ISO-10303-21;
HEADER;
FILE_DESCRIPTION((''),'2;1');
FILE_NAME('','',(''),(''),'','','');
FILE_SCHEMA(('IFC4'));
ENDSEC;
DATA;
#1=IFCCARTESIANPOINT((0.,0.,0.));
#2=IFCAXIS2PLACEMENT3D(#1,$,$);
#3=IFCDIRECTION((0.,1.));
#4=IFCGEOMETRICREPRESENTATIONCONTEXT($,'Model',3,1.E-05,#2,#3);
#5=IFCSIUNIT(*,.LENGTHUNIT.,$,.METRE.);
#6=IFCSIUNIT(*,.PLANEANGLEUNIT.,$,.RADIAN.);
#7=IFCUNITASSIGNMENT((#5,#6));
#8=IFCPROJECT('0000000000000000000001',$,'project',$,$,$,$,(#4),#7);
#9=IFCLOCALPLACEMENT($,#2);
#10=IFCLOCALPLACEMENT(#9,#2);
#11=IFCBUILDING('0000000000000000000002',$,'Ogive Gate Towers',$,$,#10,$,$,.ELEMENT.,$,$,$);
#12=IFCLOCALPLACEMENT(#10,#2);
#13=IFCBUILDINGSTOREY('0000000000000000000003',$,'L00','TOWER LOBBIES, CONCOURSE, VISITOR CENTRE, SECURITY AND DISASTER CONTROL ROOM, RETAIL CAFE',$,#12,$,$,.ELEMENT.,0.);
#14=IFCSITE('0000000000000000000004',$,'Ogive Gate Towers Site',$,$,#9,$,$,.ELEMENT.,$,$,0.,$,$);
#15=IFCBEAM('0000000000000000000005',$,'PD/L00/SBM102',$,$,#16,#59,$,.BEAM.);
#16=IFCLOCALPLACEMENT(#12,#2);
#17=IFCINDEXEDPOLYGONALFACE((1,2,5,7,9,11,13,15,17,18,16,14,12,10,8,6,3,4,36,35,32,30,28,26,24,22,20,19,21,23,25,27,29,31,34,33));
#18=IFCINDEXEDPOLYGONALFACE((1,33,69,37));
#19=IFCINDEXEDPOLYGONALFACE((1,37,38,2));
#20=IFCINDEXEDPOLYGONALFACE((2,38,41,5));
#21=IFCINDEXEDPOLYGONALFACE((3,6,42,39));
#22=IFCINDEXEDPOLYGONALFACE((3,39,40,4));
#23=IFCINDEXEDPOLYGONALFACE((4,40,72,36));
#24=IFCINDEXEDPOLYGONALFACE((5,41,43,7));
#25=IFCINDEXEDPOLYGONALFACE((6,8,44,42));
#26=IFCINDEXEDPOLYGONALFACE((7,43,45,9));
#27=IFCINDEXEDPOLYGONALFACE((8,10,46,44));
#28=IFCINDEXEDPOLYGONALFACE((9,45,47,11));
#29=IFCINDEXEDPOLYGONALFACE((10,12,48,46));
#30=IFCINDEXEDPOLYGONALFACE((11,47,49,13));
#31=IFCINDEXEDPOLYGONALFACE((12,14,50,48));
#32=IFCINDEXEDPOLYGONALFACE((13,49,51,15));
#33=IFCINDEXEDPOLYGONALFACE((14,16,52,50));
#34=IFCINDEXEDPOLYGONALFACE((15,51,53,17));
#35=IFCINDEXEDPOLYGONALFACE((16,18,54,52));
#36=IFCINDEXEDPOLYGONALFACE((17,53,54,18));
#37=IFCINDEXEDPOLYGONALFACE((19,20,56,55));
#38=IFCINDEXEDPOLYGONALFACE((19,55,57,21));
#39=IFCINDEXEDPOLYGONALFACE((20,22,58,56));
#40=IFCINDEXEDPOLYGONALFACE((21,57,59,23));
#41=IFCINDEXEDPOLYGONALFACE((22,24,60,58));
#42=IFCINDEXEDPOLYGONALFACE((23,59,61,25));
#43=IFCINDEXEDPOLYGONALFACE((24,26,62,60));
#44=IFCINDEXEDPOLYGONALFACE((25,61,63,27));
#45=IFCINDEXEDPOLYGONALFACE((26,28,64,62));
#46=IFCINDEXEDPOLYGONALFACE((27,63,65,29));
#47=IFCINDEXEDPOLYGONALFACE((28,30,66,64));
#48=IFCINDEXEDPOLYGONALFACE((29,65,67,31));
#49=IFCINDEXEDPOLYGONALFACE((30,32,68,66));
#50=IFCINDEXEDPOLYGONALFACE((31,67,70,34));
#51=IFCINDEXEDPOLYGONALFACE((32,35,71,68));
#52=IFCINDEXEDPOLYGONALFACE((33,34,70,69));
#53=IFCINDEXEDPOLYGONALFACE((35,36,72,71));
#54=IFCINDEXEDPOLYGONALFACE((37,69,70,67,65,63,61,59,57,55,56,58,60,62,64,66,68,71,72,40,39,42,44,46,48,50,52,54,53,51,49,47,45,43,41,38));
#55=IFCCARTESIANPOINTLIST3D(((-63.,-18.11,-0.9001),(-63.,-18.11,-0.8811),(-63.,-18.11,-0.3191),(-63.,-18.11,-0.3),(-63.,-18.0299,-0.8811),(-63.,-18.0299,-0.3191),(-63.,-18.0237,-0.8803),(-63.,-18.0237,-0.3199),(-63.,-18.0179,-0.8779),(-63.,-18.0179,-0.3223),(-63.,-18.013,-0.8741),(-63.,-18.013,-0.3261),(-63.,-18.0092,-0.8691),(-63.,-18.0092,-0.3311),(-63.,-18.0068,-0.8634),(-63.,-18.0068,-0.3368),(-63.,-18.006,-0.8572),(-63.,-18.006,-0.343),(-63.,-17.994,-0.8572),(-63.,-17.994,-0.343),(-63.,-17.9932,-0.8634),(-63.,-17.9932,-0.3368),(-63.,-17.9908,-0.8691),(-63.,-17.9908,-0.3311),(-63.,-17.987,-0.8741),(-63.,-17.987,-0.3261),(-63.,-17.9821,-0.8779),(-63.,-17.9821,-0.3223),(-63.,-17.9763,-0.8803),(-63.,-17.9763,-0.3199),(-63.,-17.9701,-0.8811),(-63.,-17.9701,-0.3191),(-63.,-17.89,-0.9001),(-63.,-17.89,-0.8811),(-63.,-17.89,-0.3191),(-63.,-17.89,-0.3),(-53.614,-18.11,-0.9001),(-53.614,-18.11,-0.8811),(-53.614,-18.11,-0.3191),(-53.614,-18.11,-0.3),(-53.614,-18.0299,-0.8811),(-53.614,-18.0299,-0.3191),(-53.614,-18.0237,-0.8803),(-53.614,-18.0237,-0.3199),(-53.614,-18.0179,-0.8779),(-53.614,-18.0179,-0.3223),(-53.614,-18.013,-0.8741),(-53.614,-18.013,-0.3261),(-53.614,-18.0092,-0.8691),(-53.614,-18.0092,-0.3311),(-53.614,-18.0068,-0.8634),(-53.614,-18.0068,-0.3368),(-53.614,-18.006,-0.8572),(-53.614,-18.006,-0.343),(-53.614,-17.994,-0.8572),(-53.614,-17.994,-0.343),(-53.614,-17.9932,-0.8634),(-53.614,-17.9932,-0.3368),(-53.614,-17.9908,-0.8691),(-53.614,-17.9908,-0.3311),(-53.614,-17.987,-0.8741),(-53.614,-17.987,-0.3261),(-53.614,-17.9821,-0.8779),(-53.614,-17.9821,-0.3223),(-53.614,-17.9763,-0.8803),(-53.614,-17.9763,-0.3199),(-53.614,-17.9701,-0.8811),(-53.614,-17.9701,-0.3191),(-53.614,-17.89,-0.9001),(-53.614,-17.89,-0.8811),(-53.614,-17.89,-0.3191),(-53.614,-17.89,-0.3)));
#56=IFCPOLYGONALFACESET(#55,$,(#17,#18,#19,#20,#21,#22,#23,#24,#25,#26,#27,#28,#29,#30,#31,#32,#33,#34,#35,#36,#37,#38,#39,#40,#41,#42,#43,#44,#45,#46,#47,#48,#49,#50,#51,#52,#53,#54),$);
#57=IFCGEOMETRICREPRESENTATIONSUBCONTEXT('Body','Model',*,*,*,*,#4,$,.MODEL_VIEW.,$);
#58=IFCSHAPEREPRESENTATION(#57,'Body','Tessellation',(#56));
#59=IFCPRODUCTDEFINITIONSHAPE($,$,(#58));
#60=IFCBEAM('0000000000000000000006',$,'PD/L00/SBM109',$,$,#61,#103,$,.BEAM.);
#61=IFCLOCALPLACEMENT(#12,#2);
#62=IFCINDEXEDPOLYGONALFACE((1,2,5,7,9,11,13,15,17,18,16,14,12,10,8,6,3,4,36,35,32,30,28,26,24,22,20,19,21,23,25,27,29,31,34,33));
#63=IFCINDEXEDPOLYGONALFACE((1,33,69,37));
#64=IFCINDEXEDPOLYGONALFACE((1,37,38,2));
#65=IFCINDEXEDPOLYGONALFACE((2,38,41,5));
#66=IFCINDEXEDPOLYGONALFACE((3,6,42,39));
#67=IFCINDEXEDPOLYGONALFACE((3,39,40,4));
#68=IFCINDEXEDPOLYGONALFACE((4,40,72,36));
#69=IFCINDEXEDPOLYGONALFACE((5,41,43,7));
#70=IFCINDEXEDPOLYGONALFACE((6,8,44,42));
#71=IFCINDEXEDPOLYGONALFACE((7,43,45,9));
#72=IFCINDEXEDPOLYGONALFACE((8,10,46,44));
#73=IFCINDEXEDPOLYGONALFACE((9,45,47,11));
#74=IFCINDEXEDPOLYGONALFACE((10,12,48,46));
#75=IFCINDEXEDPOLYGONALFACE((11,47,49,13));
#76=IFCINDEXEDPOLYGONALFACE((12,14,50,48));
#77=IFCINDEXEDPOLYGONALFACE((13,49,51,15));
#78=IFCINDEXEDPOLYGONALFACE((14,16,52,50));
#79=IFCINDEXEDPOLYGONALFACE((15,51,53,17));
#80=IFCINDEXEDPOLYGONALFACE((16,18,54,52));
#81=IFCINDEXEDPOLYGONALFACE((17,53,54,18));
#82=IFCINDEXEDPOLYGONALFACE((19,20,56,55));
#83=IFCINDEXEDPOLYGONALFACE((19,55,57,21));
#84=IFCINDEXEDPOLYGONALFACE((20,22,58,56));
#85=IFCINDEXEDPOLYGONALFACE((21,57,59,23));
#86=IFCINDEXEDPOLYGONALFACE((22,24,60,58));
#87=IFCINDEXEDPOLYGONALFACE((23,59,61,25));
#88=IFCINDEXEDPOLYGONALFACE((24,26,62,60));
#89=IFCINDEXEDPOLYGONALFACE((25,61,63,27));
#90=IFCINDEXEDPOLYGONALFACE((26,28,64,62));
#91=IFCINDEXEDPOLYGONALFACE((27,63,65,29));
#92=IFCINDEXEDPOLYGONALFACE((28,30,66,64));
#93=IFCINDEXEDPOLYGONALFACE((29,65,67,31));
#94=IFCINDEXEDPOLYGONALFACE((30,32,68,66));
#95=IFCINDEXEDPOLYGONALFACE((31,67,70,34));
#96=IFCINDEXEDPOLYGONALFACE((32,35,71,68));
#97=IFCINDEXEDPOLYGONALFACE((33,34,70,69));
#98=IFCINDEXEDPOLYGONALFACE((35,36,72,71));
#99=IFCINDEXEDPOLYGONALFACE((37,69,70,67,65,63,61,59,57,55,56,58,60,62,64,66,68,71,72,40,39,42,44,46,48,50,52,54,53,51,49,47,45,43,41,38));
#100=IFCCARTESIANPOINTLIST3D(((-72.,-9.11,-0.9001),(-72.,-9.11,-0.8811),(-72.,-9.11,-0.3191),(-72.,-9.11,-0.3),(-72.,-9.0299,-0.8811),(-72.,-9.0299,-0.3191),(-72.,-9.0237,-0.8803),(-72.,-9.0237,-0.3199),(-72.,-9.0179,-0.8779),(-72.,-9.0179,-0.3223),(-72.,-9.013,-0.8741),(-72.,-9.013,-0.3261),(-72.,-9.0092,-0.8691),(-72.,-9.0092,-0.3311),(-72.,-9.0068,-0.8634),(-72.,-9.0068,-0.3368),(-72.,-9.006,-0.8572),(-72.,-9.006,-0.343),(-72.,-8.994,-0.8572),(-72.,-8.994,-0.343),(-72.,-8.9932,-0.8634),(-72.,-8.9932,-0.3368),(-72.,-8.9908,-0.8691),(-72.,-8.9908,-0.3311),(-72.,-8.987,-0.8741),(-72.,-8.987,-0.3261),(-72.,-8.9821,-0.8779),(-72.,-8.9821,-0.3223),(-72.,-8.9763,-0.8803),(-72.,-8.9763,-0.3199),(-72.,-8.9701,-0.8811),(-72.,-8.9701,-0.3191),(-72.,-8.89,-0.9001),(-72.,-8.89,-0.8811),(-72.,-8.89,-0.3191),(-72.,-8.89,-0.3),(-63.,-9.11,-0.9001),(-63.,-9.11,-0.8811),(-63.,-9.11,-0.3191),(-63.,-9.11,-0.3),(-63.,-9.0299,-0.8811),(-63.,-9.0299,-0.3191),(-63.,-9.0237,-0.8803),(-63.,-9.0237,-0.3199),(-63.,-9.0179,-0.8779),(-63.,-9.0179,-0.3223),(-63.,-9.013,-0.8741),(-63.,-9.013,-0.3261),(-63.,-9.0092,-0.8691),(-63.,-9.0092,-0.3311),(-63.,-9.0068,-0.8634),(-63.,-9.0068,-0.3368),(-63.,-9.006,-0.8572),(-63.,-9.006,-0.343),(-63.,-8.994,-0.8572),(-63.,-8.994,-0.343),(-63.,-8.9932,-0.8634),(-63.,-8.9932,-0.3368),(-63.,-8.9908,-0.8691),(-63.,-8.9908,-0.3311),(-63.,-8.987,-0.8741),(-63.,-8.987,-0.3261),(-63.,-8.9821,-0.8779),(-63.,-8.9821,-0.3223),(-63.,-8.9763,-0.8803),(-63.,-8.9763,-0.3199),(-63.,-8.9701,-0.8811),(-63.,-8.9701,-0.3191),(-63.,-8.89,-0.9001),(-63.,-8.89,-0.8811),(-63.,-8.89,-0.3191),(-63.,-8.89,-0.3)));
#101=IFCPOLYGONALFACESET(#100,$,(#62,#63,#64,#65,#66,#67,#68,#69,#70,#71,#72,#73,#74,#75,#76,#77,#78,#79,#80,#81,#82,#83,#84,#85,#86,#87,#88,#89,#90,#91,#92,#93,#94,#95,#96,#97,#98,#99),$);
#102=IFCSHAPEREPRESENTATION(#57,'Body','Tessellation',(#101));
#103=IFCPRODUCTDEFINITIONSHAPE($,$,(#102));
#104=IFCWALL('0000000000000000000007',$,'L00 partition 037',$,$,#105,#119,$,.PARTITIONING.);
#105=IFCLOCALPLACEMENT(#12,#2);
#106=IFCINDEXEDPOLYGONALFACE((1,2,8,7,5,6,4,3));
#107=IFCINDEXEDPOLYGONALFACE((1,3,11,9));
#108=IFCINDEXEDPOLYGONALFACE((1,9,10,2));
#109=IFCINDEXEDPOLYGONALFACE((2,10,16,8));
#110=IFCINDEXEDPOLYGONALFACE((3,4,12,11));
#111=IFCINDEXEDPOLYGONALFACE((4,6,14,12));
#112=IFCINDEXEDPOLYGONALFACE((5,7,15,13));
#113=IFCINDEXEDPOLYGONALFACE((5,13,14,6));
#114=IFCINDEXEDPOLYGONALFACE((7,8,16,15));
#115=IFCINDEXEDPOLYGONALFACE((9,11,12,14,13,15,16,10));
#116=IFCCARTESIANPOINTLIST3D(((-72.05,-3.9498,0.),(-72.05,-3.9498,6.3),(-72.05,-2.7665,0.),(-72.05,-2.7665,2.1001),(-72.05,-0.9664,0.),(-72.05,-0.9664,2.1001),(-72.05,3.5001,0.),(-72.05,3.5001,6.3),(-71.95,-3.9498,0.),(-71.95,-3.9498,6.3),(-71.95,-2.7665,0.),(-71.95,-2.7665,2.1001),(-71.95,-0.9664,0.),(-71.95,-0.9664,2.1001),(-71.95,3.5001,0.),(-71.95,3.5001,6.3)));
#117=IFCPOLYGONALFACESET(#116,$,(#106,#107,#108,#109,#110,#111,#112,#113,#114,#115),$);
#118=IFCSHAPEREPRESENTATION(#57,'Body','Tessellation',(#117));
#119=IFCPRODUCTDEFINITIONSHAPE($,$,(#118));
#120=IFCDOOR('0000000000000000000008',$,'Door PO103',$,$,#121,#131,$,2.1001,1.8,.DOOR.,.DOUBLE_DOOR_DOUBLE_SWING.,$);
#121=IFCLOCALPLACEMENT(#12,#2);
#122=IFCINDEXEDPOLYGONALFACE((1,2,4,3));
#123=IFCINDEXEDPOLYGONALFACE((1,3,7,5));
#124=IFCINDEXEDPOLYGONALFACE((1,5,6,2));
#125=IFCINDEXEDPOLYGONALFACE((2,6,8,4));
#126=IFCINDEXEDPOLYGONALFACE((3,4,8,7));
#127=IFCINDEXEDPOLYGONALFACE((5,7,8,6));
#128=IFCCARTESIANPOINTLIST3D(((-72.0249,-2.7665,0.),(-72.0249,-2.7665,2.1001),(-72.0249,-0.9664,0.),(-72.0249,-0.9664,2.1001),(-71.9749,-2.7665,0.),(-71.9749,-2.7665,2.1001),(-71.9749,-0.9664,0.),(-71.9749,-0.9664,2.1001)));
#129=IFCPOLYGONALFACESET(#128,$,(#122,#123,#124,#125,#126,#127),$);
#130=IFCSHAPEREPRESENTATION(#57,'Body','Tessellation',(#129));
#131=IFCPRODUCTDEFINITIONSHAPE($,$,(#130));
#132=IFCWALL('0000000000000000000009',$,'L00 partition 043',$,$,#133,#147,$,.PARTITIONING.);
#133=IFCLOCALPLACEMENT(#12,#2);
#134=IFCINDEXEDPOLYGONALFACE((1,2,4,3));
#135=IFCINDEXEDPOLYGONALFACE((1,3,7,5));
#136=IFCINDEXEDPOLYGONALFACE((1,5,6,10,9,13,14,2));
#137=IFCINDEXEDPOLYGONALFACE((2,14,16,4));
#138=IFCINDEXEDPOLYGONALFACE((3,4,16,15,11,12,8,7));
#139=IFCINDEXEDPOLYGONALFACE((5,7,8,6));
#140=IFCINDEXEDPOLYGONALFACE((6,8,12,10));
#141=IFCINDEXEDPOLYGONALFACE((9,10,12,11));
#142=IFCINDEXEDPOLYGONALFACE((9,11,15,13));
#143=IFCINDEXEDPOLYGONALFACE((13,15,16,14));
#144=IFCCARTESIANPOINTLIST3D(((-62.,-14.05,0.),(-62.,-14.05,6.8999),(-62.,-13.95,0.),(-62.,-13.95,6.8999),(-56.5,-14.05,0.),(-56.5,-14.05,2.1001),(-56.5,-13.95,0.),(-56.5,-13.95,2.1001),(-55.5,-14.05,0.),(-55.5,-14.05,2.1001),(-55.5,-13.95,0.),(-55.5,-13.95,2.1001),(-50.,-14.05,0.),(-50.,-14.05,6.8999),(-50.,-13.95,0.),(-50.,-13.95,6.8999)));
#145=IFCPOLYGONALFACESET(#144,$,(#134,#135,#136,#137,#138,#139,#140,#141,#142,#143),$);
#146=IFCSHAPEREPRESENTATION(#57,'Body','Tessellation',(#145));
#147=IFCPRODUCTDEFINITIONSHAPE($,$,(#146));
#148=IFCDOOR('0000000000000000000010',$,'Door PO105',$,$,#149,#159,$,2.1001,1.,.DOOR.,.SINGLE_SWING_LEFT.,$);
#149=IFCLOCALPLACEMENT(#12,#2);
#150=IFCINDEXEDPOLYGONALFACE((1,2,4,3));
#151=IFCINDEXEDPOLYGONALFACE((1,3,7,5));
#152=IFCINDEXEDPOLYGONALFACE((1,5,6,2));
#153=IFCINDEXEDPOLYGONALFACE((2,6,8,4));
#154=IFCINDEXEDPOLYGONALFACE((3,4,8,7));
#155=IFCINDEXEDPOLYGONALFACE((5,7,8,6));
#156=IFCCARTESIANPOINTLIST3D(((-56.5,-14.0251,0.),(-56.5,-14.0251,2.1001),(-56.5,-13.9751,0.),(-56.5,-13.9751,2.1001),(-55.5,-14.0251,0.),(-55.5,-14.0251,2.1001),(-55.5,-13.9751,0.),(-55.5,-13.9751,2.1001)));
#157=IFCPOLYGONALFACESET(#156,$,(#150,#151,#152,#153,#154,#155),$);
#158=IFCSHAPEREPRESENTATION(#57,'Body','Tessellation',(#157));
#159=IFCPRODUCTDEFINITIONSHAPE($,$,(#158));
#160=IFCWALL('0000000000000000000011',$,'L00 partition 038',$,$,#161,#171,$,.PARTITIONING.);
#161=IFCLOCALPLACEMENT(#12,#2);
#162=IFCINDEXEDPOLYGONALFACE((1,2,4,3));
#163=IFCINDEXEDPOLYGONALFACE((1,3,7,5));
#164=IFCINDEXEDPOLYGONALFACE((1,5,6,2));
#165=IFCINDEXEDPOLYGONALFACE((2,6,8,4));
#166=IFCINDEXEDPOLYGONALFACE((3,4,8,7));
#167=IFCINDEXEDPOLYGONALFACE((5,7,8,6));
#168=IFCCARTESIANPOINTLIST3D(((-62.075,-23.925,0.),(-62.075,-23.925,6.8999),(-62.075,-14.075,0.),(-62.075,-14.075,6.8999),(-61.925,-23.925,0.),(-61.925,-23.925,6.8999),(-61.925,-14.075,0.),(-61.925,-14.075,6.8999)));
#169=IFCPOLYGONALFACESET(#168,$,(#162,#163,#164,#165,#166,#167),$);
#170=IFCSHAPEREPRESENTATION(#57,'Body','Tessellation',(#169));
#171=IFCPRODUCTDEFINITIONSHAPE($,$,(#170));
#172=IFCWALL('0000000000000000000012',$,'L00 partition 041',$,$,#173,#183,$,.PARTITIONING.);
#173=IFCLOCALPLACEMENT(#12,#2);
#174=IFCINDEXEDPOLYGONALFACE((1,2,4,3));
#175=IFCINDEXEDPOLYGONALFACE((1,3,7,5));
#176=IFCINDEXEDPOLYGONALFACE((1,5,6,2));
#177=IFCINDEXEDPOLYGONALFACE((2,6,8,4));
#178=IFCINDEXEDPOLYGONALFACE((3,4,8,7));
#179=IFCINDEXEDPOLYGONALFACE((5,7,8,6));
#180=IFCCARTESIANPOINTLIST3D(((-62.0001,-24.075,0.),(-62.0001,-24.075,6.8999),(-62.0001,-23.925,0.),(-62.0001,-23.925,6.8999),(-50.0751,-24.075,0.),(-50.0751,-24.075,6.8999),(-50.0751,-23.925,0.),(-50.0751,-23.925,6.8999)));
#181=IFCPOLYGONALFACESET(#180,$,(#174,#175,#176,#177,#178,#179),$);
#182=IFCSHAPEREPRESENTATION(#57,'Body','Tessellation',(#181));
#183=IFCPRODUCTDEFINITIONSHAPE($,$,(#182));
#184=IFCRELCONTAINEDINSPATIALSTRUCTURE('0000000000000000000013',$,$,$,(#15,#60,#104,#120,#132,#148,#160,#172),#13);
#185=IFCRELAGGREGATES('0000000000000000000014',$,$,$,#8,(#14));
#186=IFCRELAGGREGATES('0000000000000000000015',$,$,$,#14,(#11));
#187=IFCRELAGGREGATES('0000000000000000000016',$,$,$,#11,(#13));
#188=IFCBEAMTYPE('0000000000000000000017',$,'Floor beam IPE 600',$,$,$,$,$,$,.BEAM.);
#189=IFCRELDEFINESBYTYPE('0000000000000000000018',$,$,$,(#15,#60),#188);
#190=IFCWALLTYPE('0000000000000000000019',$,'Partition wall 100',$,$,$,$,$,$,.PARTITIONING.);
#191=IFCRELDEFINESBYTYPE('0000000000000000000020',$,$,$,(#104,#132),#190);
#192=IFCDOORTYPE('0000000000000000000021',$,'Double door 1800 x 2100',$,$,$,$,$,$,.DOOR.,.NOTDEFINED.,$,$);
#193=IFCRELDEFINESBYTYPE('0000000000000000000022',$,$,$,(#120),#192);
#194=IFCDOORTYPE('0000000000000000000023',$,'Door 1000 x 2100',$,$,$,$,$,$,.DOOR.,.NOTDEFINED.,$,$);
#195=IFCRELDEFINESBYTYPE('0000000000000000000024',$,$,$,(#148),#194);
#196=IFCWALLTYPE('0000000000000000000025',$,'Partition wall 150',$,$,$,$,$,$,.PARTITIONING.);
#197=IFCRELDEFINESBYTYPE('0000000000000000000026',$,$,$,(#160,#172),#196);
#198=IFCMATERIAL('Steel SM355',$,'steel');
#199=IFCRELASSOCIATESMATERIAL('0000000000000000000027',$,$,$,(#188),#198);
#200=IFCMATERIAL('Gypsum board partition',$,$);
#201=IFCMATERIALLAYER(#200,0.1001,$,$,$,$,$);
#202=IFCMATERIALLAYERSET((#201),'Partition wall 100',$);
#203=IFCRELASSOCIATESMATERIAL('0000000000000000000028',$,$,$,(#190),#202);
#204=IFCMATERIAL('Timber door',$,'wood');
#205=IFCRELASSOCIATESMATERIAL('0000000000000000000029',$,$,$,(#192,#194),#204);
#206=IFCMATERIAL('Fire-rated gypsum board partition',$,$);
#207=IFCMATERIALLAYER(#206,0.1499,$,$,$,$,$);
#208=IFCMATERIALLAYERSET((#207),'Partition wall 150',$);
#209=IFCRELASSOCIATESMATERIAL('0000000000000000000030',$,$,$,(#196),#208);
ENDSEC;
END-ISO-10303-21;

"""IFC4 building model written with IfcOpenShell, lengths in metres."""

from ifc_helpers import new_model, si_unit, direction, frame, frame_2d, origin, origin_2d, place, context, subcontext, project, spatial, rectangle, i_section, extrude, material, layer, layer_set, material_profile, profile_set, type_object, element, fill, save


model = new_model("IFC4")

# Units and contexts
model_context = context("Model", 3, precision=1e-05, world=origin(), true_north=direction((0.0, 1.0)))
body_context = subcontext(model_context, "Body", "Model", "MODEL_VIEW")
ifc_project = project(units=[si_unit("LENGTHUNIT", "METRE"), si_unit("PLANEANGLEUNIT", "RADIAN")], contexts=[model_context])

# Site, building, storey
site_placement = place(None, origin())
site = spatial("IfcSite", under=ifc_project, at=site_placement, Name="Ogive Gate Towers Site", CompositionType="ELEMENT", RefElevation=0.0)
building_placement = place(site_placement, origin())
building = spatial("IfcBuilding", under=site, at=building_placement, Name="Ogive Gate Towers", CompositionType="ELEMENT")
storey_placement = place(building_placement, origin())
storey = spatial("IfcBuildingStorey", under=building, at=storey_placement, Name="L00", Description="TOWER LOBBIES, CONCOURSE, VISITOR CENTRE, SECURITY AND DISASTER CONTROL ROOM, RETAIL CAFE", CompositionType="ELEMENT", Elevation=0.0)

# Beams
ifc_material_1 = material(Name="Steel SM355", Category="steel")
ifc_material_profile_1 = material_profile(ifc_material_1, i_section(OverallWidth=0.22, OverallDepth=0.6001, WebThickness=0.012, FlangeThickness=0.019, FilletRadius=0.0239, at=origin_2d()), Name="IPE 600")
ifc_profile_set_1 = profile_set([ifc_material_profile_1], Name="Steel SM355")
beam_type_1 = type_object("IfcBeamType", Name="Floor beam IPE 600", PredefinedType="BEAM", material=ifc_profile_set_1)
beam_1_placement = place(storey_placement, frame((-63.0, -18.0, -0.6001), z_axis=(1.0, 0.0, 0.0), x_axis=(0.0, 1.0, 0.0)))
element("IfcBeam", 1, at=beam_1_placement, inside=storey, type_object=beam_type_1, Name="PD/L00/SBM102", PredefinedType="BEAM", context=body_context, shape_type="SweptSolid", body=[
    extrude(i_section(OverallWidth=0.22, OverallDepth=0.6001, WebThickness=0.012, FlangeThickness=0.019, FilletRadius=0.0239, at=origin_2d()), origin(), (0.0, 0.0, 1.0), 9.386),
])
beam_2_placement = place(storey_placement, frame((-72.0, -9.0, -0.6001), z_axis=(1.0, 0.0, 0.0), x_axis=(0.0, 1.0, 0.0)))
element("IfcBeam", 2, at=beam_2_placement, inside=storey, type_object=beam_type_1, Name="PD/L00/SBM109", PredefinedType="BEAM", context=body_context, shape_type="SweptSolid", body=[
    extrude(i_section(OverallWidth=0.22, OverallDepth=0.6001, WebThickness=0.012, FlangeThickness=0.019, FilletRadius=0.0239, at=origin_2d()), origin(), (0.0, 0.0, 1.0), 9.0),
])

# Walls, openings, doors
ifc_material_2 = material(Name="Gypsum board partition")
ifc_layer_1 = layer(ifc_material_2, 0.1001)
ifc_layer_set_1 = layer_set([ifc_layer_1], Name="Partition wall 100")
wall_type_1 = type_object("IfcWallType", Name="Partition wall 100", PredefinedType="PARTITIONING", material=ifc_layer_set_1)
wall_1_placement = place(storey_placement, frame((-72.0, -3.95, 0.0), z_axis=(0.0, 0.0, 1.0), x_axis=(0.0, 1.0, 0.0)))
wall_1 = element("IfcWall", 3, at=wall_1_placement, inside=storey, type_object=wall_type_1, Name="L00 partition 037", PredefinedType="PARTITIONING", context=body_context, shape_type="SweptSolid", body=[
    extrude(rectangle(XDim=7.45, YDim=0.1001, at=frame_2d((3.7251, 0.0))), origin(), (0.0, 0.0, 1.0), 6.3),
])
opening_1_placement = place(wall_1_placement, frame((1.1836, 0.0, 0.0)))
opening_1 = element("IfcOpeningElement", 4, at=opening_1_placement, cuts=wall_1, PredefinedType="OPENING", context=body_context, shape_type="SweptSolid", body=[
    extrude(rectangle(XDim=1.8, YDim=2.1001, at=frame_2d((0.8999, 1.05))), frame((0.0, 0.0601, 0.0), z_axis=(0.0, -1.0, 0.0), x_axis=(1.0, 0.0, 0.0)), (0.0, 0.0, 1.0), 0.1201),
])
ifc_material_3 = material(Name="Timber door", Category="wood")
door_type_1 = type_object("IfcDoorType", Name="Double door 1800 x 2100", OperationType="NOTDEFINED", PredefinedType="DOOR", material=ifc_material_3)
door_1_placement = place(opening_1_placement, origin())
door_1 = element("IfcDoor", 5, at=door_1_placement, inside=storey, type_object=door_type_1, Name="Door PO103", OperationType="DOUBLE_DOOR_DOUBLE_SWING", OverallHeight=2.1001, OverallWidth=1.8, PredefinedType="DOOR", context=body_context, shape_type="SweptSolid", body=[
    extrude(rectangle(XDim=1.8, YDim=2.1001, at=frame_2d((0.8999, 1.05))), frame((0.0, 0.0249, 0.0), z_axis=(0.0, -1.0, 0.0), x_axis=(1.0, 0.0, 0.0)), (0.0, 0.0, 1.0), 0.05),
])
fill(opening_1, door_1)
wall_2_placement = place(storey_placement, frame((-62.0, -14.0, 0.0), z_axis=(0.0, 0.0, 1.0), x_axis=(1.0, 0.0, 0.0)))
wall_2 = element("IfcWall", 6, at=wall_2_placement, inside=storey, type_object=wall_type_1, Name="L00 partition 043", PredefinedType="PARTITIONING", context=body_context, shape_type="SweptSolid", body=[
    extrude(rectangle(XDim=12.0, YDim=0.1001, at=frame_2d((6.0, 0.0))), origin(), (0.0, 0.0, 1.0), 6.8999),
])
opening_2_placement = place(wall_2_placement, frame((5.5, 0.0, 0.0)))
opening_2 = element("IfcOpeningElement", 7, at=opening_2_placement, cuts=wall_2, PredefinedType="OPENING", context=body_context, shape_type="SweptSolid", body=[
    extrude(rectangle(XDim=1.0, YDim=2.1001, at=frame_2d((0.5, 1.05))), frame((0.0, 0.0601, 0.0), z_axis=(0.0, -1.0, 0.0), x_axis=(1.0, 0.0, 0.0)), (0.0, 0.0, 1.0), 0.1201),
])
door_type_2 = type_object("IfcDoorType", Name="Door 1000 x 2100", OperationType="NOTDEFINED", PredefinedType="DOOR", material=ifc_material_3)
door_2_placement = place(opening_2_placement, origin())
door_2 = element("IfcDoor", 8, at=door_2_placement, inside=storey, type_object=door_type_2, Name="Door PO105", OperationType="SINGLE_SWING_LEFT", OverallHeight=2.1001, OverallWidth=1.0, PredefinedType="DOOR", context=body_context, shape_type="SweptSolid", body=[
    extrude(rectangle(XDim=1.0, YDim=2.1001, at=frame_2d((0.5, 1.05))), frame((0.0, 0.0249, 0.0), z_axis=(0.0, -1.0, 0.0), x_axis=(1.0, 0.0, 0.0)), (0.0, 0.0, 1.0), 0.05),
])
fill(opening_2, door_2)

# Walls
ifc_material_4 = material(Name="Fire-rated gypsum board partition")
ifc_layer_2 = layer(ifc_material_4, 0.1499)
ifc_layer_set_2 = layer_set([ifc_layer_2], Name="Partition wall 150")
wall_type_2 = type_object("IfcWallType", Name="Partition wall 150", PredefinedType="PARTITIONING", material=ifc_layer_set_2)
wall_3_placement = place(storey_placement, frame((-62.0, -23.925, 0.0), z_axis=(0.0, 0.0, 1.0), x_axis=(0.0, 1.0, 0.0)))
element("IfcWall", 9, at=wall_3_placement, inside=storey, type_object=wall_type_2, Name="L00 partition 038", PredefinedType="PARTITIONING", context=body_context, shape_type="SweptSolid", body=[
    extrude(rectangle(XDim=9.8501, YDim=0.1499, at=frame_2d((4.925, 0.0))), origin(), (0.0, 0.0, 1.0), 6.8999),
])
wall_4_placement = place(storey_placement, frame((-62.0, -24.0, 0.0), z_axis=(0.0, 0.0, 1.0), x_axis=(1.0, 0.0, 0.0)))
element("IfcWall", 10, at=wall_4_placement, inside=storey, type_object=wall_type_2, Name="L00 partition 041", PredefinedType="PARTITIONING", context=body_context, shape_type="SweptSolid", body=[
    extrude(rectangle(XDim=11.925, YDim=0.1499, at=frame_2d((5.9624, 0.0))), origin(), (0.0, 0.0, 1.0), 6.8999),
])

save(model, "model.ifc")
